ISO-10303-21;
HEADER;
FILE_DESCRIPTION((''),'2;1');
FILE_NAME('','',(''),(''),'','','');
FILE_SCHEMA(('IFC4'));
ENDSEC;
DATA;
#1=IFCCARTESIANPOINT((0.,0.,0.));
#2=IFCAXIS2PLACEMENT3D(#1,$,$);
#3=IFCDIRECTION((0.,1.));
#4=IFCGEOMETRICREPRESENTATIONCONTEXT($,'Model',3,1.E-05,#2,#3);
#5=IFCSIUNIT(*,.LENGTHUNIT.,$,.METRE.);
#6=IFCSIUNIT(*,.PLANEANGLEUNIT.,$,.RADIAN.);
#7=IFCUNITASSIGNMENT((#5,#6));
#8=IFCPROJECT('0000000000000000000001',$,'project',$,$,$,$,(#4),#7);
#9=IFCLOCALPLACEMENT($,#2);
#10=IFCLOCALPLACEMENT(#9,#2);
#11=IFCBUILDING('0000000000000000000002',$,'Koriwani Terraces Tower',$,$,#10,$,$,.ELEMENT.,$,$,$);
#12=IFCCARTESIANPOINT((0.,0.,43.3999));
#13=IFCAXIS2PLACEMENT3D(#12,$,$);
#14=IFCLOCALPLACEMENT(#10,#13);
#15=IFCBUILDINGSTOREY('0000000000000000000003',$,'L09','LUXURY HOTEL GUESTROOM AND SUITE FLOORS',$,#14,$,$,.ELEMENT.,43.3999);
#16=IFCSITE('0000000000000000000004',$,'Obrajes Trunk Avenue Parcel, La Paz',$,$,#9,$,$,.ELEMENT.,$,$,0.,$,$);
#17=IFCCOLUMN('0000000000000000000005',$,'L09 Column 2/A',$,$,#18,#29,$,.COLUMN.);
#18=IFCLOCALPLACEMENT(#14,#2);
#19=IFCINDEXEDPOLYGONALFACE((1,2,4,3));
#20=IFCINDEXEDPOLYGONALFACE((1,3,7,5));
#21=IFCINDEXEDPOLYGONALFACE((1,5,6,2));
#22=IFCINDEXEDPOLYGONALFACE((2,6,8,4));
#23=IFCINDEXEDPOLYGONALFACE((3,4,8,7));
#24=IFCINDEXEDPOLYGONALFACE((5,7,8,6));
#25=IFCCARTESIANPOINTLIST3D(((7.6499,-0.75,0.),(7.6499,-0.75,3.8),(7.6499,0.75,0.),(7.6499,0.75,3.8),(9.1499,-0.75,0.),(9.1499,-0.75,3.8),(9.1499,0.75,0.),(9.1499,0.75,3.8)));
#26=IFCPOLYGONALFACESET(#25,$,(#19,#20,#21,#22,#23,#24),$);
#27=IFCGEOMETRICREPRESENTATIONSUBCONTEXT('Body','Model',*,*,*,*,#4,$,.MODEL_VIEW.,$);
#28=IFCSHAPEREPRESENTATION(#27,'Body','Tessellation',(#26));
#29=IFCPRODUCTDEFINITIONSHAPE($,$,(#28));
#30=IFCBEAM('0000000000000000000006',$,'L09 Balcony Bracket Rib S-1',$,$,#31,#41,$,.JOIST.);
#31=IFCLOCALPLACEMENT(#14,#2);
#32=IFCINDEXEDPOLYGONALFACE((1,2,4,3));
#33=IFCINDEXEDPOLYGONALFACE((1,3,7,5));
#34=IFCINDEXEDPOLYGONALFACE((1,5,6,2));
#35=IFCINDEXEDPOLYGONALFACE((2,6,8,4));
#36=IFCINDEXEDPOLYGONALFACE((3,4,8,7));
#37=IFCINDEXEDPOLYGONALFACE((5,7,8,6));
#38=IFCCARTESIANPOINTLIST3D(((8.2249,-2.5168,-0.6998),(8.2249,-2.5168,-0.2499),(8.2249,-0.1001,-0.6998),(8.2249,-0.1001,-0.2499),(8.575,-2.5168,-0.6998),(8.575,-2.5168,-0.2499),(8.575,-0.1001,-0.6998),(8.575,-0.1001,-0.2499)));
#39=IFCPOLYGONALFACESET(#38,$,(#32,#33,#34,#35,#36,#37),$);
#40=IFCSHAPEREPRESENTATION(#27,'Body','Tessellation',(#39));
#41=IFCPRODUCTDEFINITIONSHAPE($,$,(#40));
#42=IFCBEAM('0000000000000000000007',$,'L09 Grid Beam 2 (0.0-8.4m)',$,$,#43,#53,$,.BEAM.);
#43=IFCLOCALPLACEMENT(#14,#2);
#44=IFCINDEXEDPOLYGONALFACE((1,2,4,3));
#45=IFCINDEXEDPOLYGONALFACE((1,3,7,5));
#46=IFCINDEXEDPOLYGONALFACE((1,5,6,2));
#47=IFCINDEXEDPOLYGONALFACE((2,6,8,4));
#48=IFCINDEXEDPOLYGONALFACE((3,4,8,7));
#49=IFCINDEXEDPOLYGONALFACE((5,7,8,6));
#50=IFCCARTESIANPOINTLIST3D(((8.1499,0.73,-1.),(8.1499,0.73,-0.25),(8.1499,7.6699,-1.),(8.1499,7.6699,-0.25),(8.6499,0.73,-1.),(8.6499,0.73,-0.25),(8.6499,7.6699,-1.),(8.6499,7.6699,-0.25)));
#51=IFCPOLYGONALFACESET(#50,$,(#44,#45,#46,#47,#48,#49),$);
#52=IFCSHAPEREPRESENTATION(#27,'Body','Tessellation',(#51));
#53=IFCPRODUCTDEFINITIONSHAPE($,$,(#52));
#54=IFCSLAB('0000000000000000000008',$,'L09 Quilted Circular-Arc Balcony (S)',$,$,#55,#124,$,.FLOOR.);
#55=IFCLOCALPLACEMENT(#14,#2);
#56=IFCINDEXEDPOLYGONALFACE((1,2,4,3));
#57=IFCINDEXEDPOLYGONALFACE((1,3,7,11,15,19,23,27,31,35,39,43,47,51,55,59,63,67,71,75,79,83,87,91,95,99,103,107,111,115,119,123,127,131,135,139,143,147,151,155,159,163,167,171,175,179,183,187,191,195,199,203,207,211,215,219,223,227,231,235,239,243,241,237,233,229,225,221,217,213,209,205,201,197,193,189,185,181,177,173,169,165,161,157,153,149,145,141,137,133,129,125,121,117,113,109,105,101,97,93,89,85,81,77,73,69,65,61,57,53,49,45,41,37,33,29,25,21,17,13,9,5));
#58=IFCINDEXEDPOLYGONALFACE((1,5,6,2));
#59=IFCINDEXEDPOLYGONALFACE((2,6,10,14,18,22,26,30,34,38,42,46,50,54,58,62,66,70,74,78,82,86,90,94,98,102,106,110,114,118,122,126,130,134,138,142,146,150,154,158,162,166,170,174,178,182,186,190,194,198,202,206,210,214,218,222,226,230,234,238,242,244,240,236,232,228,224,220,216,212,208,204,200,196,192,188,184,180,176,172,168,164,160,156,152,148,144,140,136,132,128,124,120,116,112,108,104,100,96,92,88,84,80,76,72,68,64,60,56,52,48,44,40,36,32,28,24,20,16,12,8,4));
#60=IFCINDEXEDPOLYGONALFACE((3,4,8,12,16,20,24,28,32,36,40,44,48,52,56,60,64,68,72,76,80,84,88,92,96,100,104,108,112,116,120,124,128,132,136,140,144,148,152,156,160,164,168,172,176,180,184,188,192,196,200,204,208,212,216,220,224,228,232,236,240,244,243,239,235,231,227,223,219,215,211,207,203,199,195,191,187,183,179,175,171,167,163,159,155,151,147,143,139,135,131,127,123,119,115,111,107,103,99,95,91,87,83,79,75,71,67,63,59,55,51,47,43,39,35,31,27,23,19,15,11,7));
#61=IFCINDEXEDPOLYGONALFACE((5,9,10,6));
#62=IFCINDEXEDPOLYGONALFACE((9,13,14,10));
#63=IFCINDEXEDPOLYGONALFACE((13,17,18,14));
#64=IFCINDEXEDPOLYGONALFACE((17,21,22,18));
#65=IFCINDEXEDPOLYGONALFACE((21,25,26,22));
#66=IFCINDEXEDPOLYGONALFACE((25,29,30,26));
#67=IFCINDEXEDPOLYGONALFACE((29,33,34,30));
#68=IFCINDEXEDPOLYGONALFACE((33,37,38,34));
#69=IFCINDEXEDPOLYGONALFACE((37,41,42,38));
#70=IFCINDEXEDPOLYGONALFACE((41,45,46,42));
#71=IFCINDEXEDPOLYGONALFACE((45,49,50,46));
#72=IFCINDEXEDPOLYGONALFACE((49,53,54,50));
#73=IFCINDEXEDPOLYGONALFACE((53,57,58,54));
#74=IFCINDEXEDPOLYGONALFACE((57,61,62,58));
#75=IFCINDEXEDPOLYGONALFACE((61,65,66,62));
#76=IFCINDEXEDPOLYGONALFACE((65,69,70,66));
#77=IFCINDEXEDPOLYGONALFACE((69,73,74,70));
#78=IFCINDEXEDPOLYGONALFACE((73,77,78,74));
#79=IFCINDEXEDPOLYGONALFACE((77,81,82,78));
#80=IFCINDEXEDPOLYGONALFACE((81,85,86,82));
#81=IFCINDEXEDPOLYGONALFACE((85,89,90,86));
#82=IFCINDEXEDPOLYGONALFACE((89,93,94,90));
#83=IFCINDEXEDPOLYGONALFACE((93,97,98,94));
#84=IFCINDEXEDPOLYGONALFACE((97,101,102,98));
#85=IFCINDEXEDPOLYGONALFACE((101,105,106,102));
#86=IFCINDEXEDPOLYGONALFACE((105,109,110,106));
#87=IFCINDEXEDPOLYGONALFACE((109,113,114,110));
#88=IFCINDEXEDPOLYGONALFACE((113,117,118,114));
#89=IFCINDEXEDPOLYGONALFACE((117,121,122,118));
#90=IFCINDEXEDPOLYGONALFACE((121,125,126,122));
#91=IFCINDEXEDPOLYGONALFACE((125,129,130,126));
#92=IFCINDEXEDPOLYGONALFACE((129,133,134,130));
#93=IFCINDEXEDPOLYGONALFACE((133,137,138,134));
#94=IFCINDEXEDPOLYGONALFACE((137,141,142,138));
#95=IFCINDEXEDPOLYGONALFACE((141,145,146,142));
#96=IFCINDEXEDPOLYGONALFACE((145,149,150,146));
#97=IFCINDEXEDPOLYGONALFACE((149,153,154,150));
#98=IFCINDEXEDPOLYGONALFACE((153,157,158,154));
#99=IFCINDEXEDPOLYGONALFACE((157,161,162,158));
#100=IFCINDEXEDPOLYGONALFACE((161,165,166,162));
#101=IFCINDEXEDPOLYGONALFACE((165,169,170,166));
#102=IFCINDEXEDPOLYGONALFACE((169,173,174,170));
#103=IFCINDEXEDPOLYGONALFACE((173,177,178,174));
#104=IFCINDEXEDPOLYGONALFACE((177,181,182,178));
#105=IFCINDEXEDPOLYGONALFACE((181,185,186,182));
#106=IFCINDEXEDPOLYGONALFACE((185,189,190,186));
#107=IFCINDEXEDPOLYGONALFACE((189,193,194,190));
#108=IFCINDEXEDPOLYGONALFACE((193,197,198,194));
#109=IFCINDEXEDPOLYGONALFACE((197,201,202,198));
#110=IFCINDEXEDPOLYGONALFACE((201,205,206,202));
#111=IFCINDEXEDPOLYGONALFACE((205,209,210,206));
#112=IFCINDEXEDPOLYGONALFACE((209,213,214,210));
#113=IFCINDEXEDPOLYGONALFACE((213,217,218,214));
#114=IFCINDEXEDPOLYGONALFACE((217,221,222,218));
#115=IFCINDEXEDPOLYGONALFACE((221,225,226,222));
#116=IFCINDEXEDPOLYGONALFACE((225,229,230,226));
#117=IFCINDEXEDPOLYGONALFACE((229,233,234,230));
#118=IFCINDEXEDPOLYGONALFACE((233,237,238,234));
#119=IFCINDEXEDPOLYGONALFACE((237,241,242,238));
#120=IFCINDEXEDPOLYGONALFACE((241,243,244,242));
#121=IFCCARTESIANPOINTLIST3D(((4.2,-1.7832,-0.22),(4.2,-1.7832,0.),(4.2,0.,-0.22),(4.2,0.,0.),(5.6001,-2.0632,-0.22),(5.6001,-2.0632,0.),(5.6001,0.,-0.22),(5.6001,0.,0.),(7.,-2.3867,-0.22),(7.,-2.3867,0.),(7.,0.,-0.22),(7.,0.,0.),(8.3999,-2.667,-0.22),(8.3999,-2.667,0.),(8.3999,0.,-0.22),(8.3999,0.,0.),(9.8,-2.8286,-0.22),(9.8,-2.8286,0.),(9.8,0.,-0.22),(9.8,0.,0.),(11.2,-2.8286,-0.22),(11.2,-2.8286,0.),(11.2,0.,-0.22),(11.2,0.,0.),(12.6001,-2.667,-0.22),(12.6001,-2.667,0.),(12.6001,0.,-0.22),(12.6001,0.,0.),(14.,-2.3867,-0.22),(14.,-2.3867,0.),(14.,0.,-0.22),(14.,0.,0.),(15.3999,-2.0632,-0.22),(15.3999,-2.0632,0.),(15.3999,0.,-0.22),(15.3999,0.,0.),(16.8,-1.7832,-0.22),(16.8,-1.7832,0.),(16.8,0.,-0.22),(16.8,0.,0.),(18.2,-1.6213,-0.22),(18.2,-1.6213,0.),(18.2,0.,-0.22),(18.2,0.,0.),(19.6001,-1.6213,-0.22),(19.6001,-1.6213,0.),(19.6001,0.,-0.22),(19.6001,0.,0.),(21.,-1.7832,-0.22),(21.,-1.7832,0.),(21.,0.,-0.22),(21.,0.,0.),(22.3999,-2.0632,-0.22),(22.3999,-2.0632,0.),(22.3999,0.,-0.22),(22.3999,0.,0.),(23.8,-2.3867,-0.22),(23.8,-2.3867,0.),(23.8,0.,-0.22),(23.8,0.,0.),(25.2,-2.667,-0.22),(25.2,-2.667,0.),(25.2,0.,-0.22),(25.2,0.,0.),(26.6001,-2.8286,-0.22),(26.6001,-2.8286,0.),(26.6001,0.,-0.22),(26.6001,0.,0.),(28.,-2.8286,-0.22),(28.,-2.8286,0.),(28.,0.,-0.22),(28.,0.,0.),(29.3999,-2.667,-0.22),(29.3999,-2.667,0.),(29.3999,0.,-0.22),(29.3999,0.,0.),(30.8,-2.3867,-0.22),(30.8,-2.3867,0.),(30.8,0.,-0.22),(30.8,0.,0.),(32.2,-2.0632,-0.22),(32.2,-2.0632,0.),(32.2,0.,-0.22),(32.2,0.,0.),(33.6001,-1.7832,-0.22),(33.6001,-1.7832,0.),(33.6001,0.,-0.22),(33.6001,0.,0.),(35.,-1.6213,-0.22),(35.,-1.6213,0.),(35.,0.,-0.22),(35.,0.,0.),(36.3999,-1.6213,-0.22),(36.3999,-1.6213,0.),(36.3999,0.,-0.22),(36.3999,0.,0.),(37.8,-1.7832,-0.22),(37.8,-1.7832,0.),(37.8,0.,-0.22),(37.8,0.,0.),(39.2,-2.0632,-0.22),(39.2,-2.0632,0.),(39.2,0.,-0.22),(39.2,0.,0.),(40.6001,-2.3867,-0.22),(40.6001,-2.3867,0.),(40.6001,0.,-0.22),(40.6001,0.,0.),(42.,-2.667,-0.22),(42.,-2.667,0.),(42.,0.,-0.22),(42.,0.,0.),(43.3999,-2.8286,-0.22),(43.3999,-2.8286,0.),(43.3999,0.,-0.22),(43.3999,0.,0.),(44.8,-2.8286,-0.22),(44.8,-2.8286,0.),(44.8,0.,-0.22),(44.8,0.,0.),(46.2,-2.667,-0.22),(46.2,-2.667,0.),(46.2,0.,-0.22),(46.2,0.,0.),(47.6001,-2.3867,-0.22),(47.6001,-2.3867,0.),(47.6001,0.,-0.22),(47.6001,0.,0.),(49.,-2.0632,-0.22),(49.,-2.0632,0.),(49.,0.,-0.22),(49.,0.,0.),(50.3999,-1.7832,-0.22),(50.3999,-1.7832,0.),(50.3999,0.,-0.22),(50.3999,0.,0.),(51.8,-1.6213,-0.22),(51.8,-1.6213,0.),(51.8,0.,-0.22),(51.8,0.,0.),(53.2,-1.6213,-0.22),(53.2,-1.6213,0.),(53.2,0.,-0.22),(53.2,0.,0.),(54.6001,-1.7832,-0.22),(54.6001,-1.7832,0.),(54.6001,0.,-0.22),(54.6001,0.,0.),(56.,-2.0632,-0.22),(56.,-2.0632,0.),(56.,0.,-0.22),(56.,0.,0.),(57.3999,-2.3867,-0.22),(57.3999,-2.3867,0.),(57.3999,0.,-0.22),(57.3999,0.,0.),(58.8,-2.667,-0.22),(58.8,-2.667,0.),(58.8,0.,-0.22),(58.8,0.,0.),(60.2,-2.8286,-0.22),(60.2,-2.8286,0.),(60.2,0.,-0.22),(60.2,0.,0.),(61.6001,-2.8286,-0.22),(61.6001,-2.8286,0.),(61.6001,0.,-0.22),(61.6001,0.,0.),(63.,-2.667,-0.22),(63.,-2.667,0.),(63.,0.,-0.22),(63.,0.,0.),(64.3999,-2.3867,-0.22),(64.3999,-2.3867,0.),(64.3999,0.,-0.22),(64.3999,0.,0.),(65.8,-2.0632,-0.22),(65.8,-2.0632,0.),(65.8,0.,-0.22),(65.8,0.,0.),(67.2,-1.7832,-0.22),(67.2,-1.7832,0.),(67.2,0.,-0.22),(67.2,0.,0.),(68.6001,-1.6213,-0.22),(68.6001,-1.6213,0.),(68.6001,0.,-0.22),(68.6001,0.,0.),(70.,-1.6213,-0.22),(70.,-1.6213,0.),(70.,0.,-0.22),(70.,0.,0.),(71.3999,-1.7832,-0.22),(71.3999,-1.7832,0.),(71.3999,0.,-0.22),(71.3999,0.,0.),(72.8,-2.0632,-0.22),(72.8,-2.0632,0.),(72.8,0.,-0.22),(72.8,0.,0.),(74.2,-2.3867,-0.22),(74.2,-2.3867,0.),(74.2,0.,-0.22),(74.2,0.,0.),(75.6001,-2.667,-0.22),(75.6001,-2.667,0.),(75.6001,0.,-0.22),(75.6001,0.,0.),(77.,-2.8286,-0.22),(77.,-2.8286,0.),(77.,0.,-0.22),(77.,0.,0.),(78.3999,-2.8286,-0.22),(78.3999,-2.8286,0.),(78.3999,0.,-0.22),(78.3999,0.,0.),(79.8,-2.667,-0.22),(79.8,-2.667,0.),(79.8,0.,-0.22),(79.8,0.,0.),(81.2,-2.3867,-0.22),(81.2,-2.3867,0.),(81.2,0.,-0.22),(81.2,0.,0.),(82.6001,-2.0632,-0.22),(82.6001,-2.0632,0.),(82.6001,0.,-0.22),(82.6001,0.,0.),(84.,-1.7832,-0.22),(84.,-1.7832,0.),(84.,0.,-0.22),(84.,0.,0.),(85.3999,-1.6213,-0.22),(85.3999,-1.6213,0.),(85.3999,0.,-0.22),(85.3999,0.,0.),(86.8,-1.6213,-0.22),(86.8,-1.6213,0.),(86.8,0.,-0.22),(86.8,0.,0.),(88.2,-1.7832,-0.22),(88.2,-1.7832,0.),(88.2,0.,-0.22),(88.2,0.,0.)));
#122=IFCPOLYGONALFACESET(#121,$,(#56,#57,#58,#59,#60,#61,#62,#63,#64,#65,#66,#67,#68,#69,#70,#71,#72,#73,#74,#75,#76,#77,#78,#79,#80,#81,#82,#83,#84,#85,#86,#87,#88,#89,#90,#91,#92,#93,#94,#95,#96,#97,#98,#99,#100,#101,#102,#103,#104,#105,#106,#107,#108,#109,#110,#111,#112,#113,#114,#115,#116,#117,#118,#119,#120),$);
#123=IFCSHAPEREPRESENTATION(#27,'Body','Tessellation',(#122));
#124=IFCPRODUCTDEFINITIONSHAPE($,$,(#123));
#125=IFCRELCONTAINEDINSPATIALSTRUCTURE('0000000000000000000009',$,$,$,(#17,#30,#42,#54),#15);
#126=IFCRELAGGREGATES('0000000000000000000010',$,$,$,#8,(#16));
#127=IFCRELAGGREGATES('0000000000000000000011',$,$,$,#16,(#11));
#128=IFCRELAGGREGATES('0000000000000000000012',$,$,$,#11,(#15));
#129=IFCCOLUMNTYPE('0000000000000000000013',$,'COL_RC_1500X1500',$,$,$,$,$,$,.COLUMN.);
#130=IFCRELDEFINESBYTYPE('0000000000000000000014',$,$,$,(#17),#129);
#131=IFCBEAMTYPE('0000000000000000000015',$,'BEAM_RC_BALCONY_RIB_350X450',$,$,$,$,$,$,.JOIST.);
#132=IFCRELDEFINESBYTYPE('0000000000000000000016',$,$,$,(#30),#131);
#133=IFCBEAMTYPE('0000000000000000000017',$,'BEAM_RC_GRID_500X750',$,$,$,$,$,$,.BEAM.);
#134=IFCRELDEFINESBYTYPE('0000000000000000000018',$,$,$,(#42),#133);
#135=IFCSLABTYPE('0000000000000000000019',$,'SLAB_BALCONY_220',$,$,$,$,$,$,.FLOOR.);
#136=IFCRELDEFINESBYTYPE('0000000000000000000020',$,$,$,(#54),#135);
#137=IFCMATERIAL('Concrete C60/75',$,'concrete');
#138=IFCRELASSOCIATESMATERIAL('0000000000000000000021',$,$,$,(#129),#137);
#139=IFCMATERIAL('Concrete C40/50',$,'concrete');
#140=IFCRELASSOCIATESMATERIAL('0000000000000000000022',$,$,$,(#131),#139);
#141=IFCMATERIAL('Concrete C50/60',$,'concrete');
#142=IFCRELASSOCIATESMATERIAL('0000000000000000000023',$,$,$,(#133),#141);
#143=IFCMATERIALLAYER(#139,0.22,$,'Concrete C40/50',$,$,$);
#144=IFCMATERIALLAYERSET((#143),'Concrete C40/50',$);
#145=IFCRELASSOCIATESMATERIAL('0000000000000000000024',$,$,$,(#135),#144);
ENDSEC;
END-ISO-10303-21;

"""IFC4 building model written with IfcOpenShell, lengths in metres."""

from ifc_helpers import new_model, si_unit, direction, frame, origin, origin_2d, place, context, subcontext, project, spatial, polyline, rectangle, outline, extrude, material, layer, layer_set, material_profile, profile_set, type_object, element, save


model = new_model("IFC4")

# Units and contexts
model_context = context("Model", 3, precision=1e-05, world=origin(), true_north=direction((0.0, 1.0)))
body_context = subcontext(model_context, "Body", "Model", "MODEL_VIEW")
ifc_project = project(units=[si_unit("LENGTHUNIT", "METRE"), si_unit("PLANEANGLEUNIT", "RADIAN")], contexts=[model_context])

# Site, building, storey
site_placement = place(None, origin())
site = spatial("IfcSite", under=ifc_project, at=site_placement, Name="Obrajes Trunk Avenue Parcel, La Paz", CompositionType="ELEMENT", RefElevation=0.0)
building_placement = place(site_placement, origin())
building = spatial("IfcBuilding", under=site, at=building_placement, Name="Koriwani Terraces Tower", CompositionType="ELEMENT")
storey_placement = place(building_placement, frame((0.0, 0.0, 43.3999)))
storey = spatial("IfcBuildingStorey", under=building, at=storey_placement, Name="L09", Description="LUXURY HOTEL GUESTROOM AND SUITE FLOORS", CompositionType="ELEMENT", Elevation=43.3999)

# Column
ifc_material_1 = material(Name="Concrete C60/75", Category="concrete")
ifc_material_profile_1 = material_profile(ifc_material_1, rectangle(XDim=1.5, YDim=1.5, at=origin_2d()), Name="Concrete C60/75", Category="LoadBearing")
ifc_profile_set_1 = profile_set([ifc_material_profile_1], Name="Concrete C60/75")
column_type = type_object("IfcColumnType", Name="COL_RC_1500X1500", PredefinedType="COLUMN", material=ifc_profile_set_1)
column_placement = place(storey_placement, frame((8.3999, 0.0, 0.0), z_axis=(0.0, 0.0, 1.0), x_axis=(1.0, 0.0, 0.0)))
element("IfcColumn", 1, at=column_placement, inside=storey, type_object=column_type, Name="L09 Column 2/A", PredefinedType="COLUMN", context=body_context, shape_type="SweptSolid", body=[
    extrude(rectangle(XDim=1.5, YDim=1.5, at=origin_2d()), origin(), (0.0, 0.0, 1.0), 3.8),
])

# Beams
ifc_material_2 = material(Name="Concrete C40/50", Category="concrete")
ifc_material_profile_2 = material_profile(ifc_material_2, rectangle(XDim=0.3501, YDim=0.45, at=origin_2d()), Name="Concrete C40/50", Category="LoadBearing")
ifc_profile_set_2 = profile_set([ifc_material_profile_2], Name="Concrete C40/50")
beam_type_1 = type_object("IfcBeamType", Name="BEAM_RC_BALCONY_RIB_350X450", PredefinedType="JOIST", material=ifc_profile_set_2)
beam_1_placement = place(storey_placement, frame((8.3999, -2.5168, -0.4749), z_axis=(0.0, 1.0, 0.0), x_axis=(-1.0, 0.0, 0.0)))
element("IfcBeam", 2, at=beam_1_placement, inside=storey, type_object=beam_type_1, Name="L09 Balcony Bracket Rib S-1", PredefinedType="JOIST", context=body_context, shape_type="SweptSolid", body=[
    extrude(rectangle(XDim=0.3501, YDim=0.45, at=origin_2d()), origin(), (0.0, 0.0, 1.0), 2.4167),
])
ifc_material_3 = material(Name="Concrete C50/60", Category="concrete")
ifc_material_profile_3 = material_profile(ifc_material_3, rectangle(XDim=0.5, YDim=0.75, at=origin_2d()), Name="Concrete C50/60", Category="LoadBearing")
ifc_profile_set_3 = profile_set([ifc_material_profile_3], Name="Concrete C50/60")
beam_type_2 = type_object("IfcBeamType", Name="BEAM_RC_GRID_500X750", PredefinedType="BEAM", material=ifc_profile_set_3)
beam_2_placement = place(storey_placement, frame((8.3999, 0.73, -0.625), z_axis=(0.0, 1.0, 0.0), x_axis=(-1.0, 0.0, 0.0)))
element("IfcBeam", 3, at=beam_2_placement, inside=storey, type_object=beam_type_2, Name="L09 Grid Beam 2 (0.0-8.4m)", PredefinedType="BEAM", context=body_context, shape_type="SweptSolid", body=[
    extrude(rectangle(XDim=0.5, YDim=0.75, at=origin_2d()), origin(), (0.0, 0.0, 1.0), 6.9399),
])

# Slab
ifc_layer_1 = layer(ifc_material_2, 0.22, Name="Concrete C40/50")
ifc_layer_set_1 = layer_set([ifc_layer_1], Name="Concrete C40/50")
slab_type_1 = type_object("IfcSlabType", Name="SLAB_BALCONY_220", PredefinedType="FLOOR", material=ifc_layer_set_1)
slab_1_placement = place(storey_placement, frame((0.0, 0.0, -0.22)))
element("IfcSlab", 4, at=slab_1_placement, inside=storey, type_object=slab_type_1, Name="L09 Quilted Circular-Arc Balcony (S)", PredefinedType="FLOOR", context=body_context, shape_type="SweptSolid", body=[
    extrude(outline(polyline([(4.2, 0.0), (5.6001, 0.0), (7.0, 0.0), (8.3999, 0.0), (9.8, 0.0), (11.2, 0.0), (12.6001, 0.0), (14.0, 0.0), (15.3999, 0.0), (16.8, 0.0), (18.2, 0.0), (19.6001, 0.0), (21.0, 0.0), (22.3999, 0.0), (23.8, 0.0), (25.2, 0.0), (26.6001, 0.0), (28.0, 0.0), (29.3999, 0.0), (30.8, 0.0), (32.2, 0.0), (33.6001, 0.0), (35.0, 0.0), (36.3999, 0.0), (37.8, 0.0), (39.2, 0.0), (40.6001, 0.0), (42.0, 0.0), (43.3999, 0.0), (44.8, 0.0), (46.2, 0.0), (47.6001, 0.0), (49.0, 0.0), (50.3999, 0.0), (51.8, 0.0), (53.2, 0.0), (54.6001, 0.0), (56.0, 0.0), (57.3999, 0.0), (58.8, 0.0), (60.2, 0.0), (61.6001, 0.0), (63.0, 0.0), (64.3999, 0.0), (65.8, 0.0), (67.2, 0.0), (68.6001, 0.0), (70.0, 0.0), (71.3999, 0.0), (72.8, 0.0), (74.2, 0.0), (75.6001, 0.0), (77.0, 0.0), (78.3999, 0.0), (79.8, 0.0), (81.2, 0.0), (82.6001, 0.0), (84.0, 0.0), (85.3999, 0.0), (86.8, 0.0), (88.2, 0.0), (88.2, -1.7832), (86.8, -1.6213), (85.3999, -1.6213), (84.0, -1.7832), (82.6001, -2.0632), (81.2, -2.3867), (79.8, -2.667), (78.3999, -2.8286), (77.0, -2.8286), (75.6001, -2.667), (74.2, -2.3867), (72.8, -2.0632), (71.3999, -1.7832), (70.0, -1.6213), (68.6001, -1.6213), (67.2, -1.7832), (65.8, -2.0632), (64.3999, -2.3867), (63.0, -2.667), (61.6001, -2.8286), (60.2, -2.8286), (58.8, -2.667), (57.3999, -2.3867), (56.0, -2.0632), (54.6001, -1.7832), (53.2, -1.6213), (51.8, -1.6213), (50.3999, -1.7832), (49.0, -2.0632), (47.6001, -2.3867), (46.2, -2.667), (44.8, -2.8286), (43.3999, -2.8286), (42.0, -2.667), (40.6001, -2.3867), (39.2, -2.0632), (37.8, -1.7832), (36.3999, -1.6213), (35.0, -1.6213), (33.6001, -1.7832), (32.2, -2.0632), (30.8, -2.3867), (29.3999, -2.667), (28.0, -2.8286), (26.6001, -2.8286), (25.2, -2.667), (23.8, -2.3867), (22.3999, -2.0632), (21.0, -1.7832), (19.6001, -1.6213), (18.2, -1.6213), (16.8, -1.7832), (15.3999, -2.0632), (14.0, -2.3867), (12.6001, -2.667), (11.2, -2.8286), (9.8, -2.8286), (8.3999, -2.667), (7.0, -2.3867), (5.6001, -2.0632), (4.2, -1.7832), (4.2, 0.0)])), origin(), (0.0, 0.0, 1.0), 0.22),
])

save(model, "model.ifc")
